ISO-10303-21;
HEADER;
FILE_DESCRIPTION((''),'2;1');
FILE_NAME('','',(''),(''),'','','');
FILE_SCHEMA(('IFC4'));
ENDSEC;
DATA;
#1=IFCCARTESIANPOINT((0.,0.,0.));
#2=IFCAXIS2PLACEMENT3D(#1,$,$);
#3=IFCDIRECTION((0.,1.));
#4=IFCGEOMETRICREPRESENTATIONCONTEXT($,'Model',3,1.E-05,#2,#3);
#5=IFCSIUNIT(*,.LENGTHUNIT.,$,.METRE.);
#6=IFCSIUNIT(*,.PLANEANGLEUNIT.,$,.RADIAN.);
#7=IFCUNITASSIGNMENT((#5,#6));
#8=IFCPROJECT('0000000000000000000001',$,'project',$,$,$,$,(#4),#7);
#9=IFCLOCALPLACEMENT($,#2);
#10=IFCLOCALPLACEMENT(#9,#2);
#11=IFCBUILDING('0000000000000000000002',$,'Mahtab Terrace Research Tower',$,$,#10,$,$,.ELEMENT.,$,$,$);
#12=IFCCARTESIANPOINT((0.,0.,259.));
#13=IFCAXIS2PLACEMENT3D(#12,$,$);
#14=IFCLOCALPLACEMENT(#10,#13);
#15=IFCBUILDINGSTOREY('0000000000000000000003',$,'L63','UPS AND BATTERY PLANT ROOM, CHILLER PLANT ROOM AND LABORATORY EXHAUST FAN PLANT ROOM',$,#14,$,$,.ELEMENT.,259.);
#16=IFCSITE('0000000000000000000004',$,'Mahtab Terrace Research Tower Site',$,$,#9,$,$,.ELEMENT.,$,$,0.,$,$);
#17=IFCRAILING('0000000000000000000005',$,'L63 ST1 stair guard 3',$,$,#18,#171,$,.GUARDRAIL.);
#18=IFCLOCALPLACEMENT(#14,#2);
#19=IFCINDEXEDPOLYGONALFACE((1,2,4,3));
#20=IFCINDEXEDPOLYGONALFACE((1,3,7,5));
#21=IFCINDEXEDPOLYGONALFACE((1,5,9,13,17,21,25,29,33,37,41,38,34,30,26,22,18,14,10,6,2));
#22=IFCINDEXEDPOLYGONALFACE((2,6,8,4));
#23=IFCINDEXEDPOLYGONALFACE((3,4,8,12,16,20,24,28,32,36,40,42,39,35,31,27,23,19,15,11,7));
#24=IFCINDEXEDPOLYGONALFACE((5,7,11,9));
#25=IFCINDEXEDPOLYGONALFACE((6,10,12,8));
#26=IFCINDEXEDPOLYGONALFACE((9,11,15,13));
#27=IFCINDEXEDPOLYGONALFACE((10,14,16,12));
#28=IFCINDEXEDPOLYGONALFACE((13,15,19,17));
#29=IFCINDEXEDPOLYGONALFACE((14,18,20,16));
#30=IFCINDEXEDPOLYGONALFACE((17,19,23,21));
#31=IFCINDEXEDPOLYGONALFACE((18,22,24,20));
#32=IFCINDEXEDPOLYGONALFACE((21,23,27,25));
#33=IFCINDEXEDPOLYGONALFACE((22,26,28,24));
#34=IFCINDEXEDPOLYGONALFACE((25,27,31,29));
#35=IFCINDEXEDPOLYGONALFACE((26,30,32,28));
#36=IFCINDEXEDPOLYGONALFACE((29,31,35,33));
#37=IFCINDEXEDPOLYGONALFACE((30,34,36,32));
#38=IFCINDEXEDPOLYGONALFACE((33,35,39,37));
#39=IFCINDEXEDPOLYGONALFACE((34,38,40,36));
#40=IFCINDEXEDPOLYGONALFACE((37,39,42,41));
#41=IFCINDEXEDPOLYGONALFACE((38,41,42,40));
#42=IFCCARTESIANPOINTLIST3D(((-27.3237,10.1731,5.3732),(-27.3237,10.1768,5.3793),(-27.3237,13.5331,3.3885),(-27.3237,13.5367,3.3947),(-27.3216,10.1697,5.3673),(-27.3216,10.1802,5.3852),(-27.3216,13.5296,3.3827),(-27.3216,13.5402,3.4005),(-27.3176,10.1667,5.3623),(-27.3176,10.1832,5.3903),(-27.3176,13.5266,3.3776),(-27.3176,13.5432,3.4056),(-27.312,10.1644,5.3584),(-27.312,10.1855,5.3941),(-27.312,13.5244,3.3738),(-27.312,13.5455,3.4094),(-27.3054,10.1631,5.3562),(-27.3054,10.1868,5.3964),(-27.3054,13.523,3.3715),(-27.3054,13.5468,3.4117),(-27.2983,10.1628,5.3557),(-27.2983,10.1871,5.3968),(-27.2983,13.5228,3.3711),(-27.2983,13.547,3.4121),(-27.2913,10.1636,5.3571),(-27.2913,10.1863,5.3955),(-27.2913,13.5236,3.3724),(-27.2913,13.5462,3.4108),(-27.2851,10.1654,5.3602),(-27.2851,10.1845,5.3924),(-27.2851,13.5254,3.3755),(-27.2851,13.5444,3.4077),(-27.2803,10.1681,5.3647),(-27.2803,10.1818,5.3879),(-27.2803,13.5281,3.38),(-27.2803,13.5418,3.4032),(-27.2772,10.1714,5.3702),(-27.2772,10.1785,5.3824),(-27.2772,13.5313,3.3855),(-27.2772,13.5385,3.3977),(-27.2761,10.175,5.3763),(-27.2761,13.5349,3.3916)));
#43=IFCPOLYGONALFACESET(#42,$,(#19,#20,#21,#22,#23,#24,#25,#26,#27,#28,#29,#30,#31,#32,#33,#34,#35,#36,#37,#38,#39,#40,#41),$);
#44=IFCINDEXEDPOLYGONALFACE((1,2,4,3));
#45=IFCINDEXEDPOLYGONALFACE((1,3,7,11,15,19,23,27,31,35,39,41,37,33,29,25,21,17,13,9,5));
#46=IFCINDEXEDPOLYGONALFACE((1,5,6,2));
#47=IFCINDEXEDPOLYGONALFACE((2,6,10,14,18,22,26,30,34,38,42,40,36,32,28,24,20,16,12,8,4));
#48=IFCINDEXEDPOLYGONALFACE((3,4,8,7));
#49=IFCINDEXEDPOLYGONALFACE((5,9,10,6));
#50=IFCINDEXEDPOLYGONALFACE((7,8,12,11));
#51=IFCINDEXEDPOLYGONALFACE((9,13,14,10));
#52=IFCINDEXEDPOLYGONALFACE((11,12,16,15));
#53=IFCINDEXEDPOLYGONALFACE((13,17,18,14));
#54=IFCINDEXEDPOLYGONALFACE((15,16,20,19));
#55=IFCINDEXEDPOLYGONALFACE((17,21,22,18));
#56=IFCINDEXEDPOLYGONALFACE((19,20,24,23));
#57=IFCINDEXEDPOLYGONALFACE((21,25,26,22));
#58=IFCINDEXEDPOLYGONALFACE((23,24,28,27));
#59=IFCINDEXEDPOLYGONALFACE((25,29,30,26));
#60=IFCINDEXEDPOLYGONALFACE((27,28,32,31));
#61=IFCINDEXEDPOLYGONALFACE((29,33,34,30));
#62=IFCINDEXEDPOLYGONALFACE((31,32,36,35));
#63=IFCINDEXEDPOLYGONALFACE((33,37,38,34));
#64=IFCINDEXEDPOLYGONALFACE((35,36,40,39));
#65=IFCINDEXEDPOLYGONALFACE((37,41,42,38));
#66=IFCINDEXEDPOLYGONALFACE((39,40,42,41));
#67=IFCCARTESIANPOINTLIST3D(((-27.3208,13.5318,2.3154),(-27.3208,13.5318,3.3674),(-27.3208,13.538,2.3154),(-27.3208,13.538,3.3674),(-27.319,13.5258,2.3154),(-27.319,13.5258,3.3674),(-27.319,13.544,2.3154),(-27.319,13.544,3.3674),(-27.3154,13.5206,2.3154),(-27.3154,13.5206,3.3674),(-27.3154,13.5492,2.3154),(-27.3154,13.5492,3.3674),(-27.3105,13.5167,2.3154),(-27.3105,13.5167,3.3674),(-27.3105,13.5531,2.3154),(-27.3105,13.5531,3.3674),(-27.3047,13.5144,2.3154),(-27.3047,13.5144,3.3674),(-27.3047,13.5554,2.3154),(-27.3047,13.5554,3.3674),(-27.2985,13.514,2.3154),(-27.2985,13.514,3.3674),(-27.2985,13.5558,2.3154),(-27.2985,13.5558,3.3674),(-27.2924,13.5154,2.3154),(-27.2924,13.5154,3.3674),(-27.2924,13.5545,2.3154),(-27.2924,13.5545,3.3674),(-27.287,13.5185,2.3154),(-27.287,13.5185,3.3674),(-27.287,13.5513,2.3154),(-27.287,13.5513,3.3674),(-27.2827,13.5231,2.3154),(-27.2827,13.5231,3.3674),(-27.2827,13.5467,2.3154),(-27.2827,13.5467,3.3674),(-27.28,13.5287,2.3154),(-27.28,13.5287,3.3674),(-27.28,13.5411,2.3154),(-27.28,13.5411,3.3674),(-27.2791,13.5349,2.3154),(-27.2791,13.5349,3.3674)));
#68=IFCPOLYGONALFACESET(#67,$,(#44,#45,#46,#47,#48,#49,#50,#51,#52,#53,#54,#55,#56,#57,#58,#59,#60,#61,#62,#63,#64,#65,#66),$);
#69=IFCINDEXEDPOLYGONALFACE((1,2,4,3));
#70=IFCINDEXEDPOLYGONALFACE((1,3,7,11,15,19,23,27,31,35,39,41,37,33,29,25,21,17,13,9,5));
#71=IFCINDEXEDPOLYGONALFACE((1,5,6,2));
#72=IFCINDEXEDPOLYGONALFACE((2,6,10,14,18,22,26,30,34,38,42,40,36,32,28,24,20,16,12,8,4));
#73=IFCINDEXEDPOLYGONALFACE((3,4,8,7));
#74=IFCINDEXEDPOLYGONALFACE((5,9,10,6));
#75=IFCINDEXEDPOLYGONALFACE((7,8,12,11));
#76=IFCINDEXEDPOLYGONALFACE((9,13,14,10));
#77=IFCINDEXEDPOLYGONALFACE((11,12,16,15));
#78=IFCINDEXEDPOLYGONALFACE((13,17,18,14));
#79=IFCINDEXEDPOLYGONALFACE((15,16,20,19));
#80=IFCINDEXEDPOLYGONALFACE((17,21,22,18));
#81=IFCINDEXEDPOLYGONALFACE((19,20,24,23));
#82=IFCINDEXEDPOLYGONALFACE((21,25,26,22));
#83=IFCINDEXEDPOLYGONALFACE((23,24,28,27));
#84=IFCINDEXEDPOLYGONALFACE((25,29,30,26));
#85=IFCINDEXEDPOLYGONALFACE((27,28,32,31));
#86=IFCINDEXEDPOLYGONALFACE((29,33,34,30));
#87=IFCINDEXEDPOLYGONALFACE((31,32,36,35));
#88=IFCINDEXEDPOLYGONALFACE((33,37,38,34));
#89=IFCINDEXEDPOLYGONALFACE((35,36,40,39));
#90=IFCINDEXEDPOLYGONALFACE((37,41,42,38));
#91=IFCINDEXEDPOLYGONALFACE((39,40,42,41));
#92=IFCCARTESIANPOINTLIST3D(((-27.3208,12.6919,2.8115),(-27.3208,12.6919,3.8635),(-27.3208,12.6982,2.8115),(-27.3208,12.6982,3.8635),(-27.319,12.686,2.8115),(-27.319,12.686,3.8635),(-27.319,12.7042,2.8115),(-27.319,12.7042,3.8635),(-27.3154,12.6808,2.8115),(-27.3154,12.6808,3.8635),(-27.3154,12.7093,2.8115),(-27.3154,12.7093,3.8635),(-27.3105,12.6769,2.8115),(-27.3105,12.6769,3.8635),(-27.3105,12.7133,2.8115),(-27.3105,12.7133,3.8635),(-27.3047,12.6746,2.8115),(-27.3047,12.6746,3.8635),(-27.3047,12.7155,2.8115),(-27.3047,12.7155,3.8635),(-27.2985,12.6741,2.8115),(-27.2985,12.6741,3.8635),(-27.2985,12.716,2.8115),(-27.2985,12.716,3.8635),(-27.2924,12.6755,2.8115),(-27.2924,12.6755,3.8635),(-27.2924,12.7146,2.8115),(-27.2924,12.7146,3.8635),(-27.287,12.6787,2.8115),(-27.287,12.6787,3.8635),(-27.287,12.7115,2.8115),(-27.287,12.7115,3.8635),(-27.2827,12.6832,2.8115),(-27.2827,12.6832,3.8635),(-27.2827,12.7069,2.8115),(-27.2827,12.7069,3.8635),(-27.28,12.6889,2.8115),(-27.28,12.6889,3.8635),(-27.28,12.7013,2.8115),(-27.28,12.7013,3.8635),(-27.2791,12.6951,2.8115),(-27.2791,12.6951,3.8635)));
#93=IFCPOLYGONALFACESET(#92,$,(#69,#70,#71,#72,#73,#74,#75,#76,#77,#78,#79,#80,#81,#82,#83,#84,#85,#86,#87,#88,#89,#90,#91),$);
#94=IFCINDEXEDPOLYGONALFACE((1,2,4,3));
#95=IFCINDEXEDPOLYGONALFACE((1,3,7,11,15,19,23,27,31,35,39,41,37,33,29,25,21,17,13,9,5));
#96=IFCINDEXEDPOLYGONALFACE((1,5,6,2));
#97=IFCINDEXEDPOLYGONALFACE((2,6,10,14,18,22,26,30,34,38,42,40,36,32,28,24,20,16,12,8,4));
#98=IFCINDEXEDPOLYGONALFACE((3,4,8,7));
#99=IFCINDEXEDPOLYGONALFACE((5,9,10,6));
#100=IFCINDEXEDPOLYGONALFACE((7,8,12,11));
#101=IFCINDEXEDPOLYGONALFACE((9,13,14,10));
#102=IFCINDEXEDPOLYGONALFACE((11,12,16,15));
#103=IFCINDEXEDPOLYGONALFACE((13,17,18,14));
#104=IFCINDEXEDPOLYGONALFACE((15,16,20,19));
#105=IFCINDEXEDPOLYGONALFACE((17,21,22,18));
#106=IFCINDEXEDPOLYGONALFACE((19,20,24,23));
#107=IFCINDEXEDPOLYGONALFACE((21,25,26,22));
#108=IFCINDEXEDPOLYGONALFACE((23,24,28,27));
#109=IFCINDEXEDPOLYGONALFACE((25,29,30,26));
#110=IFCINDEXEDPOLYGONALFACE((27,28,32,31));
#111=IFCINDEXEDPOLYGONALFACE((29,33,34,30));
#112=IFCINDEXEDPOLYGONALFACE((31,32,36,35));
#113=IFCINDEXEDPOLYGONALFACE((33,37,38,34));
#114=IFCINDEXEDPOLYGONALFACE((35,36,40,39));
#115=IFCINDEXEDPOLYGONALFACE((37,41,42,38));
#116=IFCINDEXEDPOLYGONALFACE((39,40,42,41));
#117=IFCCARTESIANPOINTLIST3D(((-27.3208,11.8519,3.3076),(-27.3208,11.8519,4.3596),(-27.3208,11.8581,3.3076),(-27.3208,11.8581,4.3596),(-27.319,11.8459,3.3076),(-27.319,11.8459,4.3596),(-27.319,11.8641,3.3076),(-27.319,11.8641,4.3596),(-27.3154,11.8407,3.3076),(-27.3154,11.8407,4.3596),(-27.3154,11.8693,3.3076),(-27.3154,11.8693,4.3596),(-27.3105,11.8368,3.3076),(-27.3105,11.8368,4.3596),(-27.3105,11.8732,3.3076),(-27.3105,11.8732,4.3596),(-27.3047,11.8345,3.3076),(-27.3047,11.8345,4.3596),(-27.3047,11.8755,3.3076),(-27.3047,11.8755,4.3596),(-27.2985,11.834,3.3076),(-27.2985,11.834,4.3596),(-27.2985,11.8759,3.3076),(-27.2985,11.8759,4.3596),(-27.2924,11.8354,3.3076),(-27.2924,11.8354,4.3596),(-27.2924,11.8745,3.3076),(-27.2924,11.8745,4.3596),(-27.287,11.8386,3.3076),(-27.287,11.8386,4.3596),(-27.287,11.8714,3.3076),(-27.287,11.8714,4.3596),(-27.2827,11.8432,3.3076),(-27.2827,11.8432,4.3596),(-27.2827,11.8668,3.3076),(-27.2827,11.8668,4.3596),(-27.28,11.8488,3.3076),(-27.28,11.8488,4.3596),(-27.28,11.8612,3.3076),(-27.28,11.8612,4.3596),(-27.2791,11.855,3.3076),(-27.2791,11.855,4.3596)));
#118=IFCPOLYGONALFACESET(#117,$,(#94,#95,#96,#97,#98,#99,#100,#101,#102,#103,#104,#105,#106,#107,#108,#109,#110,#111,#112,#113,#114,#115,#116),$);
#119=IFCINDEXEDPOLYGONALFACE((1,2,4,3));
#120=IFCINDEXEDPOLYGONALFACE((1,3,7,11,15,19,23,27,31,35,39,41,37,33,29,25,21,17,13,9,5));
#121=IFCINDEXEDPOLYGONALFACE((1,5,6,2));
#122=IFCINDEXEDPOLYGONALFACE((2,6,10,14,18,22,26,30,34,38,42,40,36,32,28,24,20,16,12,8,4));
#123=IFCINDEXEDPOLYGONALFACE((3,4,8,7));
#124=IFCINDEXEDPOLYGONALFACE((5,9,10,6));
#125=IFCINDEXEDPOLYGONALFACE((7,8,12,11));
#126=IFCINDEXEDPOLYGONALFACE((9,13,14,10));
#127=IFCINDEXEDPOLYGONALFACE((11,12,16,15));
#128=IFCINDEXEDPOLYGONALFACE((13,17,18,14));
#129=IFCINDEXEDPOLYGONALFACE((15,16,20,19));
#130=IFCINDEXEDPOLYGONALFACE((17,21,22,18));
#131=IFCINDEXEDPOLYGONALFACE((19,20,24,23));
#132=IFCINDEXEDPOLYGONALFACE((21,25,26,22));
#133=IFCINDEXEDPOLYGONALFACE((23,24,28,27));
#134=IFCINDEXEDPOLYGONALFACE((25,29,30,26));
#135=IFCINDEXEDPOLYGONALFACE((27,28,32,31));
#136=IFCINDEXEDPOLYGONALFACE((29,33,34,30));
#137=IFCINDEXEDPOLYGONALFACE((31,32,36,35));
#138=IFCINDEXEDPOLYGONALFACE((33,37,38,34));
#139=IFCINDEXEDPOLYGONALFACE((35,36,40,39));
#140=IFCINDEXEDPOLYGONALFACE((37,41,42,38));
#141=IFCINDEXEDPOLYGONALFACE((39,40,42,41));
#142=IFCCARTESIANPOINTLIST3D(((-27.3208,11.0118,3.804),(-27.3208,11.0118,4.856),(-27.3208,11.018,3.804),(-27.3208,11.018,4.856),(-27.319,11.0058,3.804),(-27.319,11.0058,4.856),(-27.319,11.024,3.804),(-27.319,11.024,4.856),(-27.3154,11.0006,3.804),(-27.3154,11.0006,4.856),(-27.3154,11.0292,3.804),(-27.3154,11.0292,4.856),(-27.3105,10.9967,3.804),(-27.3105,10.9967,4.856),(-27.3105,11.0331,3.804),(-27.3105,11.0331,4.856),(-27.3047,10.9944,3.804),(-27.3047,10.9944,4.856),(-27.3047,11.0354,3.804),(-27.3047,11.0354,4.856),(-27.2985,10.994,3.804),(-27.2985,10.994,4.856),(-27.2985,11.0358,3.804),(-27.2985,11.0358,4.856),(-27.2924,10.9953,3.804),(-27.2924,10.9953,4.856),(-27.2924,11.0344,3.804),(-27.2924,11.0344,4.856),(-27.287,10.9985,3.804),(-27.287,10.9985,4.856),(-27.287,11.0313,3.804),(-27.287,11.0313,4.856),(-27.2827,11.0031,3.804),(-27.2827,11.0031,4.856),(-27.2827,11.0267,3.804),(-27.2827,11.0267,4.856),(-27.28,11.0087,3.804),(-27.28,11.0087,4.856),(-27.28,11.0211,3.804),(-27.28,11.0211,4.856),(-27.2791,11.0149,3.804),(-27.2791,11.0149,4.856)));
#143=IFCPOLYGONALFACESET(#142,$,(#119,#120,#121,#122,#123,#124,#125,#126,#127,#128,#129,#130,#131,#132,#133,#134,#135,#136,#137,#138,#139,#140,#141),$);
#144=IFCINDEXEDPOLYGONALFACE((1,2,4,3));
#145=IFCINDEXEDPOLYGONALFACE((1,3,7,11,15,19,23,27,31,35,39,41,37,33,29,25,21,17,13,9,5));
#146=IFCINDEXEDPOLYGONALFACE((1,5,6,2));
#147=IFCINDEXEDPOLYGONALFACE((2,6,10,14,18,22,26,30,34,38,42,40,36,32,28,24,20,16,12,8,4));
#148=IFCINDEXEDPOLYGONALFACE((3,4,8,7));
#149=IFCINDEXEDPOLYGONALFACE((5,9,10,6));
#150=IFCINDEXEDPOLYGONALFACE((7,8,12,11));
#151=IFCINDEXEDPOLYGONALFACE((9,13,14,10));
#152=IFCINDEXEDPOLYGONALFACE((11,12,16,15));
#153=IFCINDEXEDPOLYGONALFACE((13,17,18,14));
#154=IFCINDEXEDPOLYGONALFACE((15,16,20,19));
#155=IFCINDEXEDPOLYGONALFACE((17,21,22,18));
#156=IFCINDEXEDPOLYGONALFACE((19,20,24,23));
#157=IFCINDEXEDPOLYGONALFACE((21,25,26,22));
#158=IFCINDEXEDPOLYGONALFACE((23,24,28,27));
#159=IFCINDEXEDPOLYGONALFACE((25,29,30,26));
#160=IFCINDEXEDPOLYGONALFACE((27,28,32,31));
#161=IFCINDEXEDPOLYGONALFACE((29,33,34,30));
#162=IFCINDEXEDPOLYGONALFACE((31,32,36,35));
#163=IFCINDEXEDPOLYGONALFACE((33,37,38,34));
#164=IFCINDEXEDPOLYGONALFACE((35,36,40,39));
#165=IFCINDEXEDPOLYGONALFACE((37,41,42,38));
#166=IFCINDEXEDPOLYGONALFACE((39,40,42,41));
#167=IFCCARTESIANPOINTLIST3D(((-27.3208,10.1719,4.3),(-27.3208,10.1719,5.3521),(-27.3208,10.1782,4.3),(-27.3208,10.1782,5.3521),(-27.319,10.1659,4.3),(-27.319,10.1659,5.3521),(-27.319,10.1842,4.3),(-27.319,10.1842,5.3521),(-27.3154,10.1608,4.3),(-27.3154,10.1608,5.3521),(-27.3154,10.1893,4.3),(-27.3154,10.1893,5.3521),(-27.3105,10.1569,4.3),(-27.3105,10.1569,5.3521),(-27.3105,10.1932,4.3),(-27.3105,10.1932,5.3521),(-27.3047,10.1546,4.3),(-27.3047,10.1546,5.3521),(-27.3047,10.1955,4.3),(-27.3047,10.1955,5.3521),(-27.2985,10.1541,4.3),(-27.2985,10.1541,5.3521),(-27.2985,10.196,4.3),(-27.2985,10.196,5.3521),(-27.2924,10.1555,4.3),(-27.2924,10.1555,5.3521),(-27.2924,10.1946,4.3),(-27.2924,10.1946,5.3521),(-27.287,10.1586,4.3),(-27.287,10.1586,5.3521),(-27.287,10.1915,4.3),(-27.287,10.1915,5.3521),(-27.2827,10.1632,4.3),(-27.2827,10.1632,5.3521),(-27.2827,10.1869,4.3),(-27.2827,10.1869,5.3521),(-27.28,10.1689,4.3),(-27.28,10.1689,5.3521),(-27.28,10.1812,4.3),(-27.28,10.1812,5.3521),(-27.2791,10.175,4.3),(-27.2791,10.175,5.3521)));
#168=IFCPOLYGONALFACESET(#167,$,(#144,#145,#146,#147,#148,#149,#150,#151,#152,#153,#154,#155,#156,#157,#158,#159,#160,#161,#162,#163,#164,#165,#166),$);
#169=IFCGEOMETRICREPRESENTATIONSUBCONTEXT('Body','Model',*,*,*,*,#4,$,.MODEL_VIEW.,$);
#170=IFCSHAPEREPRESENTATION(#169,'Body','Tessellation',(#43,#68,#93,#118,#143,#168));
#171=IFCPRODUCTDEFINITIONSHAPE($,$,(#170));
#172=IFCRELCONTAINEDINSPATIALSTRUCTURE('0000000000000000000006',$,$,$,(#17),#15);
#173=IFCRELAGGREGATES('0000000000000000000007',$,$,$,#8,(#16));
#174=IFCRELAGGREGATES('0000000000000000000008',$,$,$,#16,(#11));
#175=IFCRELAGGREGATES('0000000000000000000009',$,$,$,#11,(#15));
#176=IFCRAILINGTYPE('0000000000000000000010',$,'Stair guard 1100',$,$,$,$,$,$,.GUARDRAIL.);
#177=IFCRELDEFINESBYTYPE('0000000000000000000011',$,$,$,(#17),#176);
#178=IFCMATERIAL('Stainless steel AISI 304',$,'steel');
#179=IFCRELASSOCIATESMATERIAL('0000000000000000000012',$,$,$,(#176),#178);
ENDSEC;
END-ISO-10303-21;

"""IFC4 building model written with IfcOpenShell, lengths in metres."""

from ifc_helpers import new_model, si_unit, direction, frame, origin, origin_2d, place, context, subcontext, project, spatial, circle, extrude, material, type_object, element, save


model = new_model("IFC4")

# Units and contexts
model_context = context("Model", 3, precision=1e-05, world=origin(), true_north=direction((0.0, 1.0)))
body_context = subcontext(model_context, "Body", "Model", "MODEL_VIEW")
ifc_project = project(units=[si_unit("LENGTHUNIT", "METRE"), si_unit("PLANEANGLEUNIT", "RADIAN")], contexts=[model_context])

# Site, building, storey
site_placement = place(None, origin())
site = spatial("IfcSite", under=ifc_project, at=site_placement, Name="Mahtab Terrace Research Tower Site", CompositionType="ELEMENT", RefElevation=0.0)
building_placement = place(site_placement, origin())
building = spatial("IfcBuilding", under=site, at=building_placement, Name="Mahtab Terrace Research Tower", CompositionType="ELEMENT")
storey_placement = place(building_placement, frame((0.0, 0.0, 259.0)))
storey = spatial("IfcBuildingStorey", under=building, at=storey_placement, Name="L63", Description="UPS AND BATTERY PLANT ROOM, CHILLER PLANT ROOM AND LABORATORY EXHAUST FAN PLANT ROOM", CompositionType="ELEMENT", Elevation=259.0)

# Railing
ifc_material_1 = material(Name="Stainless steel AISI 304", Category="steel")
railing_type_1 = type_object("IfcRailingType", Name="Stair guard 1100", PredefinedType="GUARDRAIL", material=ifc_material_1)
railing_1_placement = place(storey_placement, frame((-27.3, 13.5349, 2.3154)))
element("IfcRailing", 1, at=railing_1_placement, inside=storey, type_object=railing_type_1, Name="L63 ST1 stair guard 3", PredefinedType="GUARDRAIL", context=body_context, shape_type="SweptSolid", body=[
    extrude(circle(Radius=0.0239, at=origin_2d()), frame((0.0, 0.0, 1.0762), z_axis=(0.0, -0.861011, 0.508586), x_axis=(1.0, 0.0, 0.0)), (0.0, 0.0, 1.0), 3.9023),
    extrude(circle(Radius=0.021, at=origin_2d()), origin(), (0.0, 0.0, 1.0), 1.052),
    extrude(circle(Radius=0.021, at=origin_2d()), frame((0.0, -0.8398, 0.4961)), (0.0, 0.0, 1.0), 1.052),
    extrude(circle(Radius=0.021, at=origin_2d()), frame((0.0, -1.6799, 0.9922)), (0.0, 0.0, 1.0), 1.052),
    extrude(circle(Radius=0.021, at=origin_2d()), frame((0.0, -2.52, 1.4885)), (0.0, 0.0, 1.0), 1.052),
    extrude(circle(Radius=0.021, at=origin_2d()), frame((0.0, -3.3599, 1.9846)), (0.0, 0.0, 1.0), 1.052),
])

save(model, "model.ifc")
